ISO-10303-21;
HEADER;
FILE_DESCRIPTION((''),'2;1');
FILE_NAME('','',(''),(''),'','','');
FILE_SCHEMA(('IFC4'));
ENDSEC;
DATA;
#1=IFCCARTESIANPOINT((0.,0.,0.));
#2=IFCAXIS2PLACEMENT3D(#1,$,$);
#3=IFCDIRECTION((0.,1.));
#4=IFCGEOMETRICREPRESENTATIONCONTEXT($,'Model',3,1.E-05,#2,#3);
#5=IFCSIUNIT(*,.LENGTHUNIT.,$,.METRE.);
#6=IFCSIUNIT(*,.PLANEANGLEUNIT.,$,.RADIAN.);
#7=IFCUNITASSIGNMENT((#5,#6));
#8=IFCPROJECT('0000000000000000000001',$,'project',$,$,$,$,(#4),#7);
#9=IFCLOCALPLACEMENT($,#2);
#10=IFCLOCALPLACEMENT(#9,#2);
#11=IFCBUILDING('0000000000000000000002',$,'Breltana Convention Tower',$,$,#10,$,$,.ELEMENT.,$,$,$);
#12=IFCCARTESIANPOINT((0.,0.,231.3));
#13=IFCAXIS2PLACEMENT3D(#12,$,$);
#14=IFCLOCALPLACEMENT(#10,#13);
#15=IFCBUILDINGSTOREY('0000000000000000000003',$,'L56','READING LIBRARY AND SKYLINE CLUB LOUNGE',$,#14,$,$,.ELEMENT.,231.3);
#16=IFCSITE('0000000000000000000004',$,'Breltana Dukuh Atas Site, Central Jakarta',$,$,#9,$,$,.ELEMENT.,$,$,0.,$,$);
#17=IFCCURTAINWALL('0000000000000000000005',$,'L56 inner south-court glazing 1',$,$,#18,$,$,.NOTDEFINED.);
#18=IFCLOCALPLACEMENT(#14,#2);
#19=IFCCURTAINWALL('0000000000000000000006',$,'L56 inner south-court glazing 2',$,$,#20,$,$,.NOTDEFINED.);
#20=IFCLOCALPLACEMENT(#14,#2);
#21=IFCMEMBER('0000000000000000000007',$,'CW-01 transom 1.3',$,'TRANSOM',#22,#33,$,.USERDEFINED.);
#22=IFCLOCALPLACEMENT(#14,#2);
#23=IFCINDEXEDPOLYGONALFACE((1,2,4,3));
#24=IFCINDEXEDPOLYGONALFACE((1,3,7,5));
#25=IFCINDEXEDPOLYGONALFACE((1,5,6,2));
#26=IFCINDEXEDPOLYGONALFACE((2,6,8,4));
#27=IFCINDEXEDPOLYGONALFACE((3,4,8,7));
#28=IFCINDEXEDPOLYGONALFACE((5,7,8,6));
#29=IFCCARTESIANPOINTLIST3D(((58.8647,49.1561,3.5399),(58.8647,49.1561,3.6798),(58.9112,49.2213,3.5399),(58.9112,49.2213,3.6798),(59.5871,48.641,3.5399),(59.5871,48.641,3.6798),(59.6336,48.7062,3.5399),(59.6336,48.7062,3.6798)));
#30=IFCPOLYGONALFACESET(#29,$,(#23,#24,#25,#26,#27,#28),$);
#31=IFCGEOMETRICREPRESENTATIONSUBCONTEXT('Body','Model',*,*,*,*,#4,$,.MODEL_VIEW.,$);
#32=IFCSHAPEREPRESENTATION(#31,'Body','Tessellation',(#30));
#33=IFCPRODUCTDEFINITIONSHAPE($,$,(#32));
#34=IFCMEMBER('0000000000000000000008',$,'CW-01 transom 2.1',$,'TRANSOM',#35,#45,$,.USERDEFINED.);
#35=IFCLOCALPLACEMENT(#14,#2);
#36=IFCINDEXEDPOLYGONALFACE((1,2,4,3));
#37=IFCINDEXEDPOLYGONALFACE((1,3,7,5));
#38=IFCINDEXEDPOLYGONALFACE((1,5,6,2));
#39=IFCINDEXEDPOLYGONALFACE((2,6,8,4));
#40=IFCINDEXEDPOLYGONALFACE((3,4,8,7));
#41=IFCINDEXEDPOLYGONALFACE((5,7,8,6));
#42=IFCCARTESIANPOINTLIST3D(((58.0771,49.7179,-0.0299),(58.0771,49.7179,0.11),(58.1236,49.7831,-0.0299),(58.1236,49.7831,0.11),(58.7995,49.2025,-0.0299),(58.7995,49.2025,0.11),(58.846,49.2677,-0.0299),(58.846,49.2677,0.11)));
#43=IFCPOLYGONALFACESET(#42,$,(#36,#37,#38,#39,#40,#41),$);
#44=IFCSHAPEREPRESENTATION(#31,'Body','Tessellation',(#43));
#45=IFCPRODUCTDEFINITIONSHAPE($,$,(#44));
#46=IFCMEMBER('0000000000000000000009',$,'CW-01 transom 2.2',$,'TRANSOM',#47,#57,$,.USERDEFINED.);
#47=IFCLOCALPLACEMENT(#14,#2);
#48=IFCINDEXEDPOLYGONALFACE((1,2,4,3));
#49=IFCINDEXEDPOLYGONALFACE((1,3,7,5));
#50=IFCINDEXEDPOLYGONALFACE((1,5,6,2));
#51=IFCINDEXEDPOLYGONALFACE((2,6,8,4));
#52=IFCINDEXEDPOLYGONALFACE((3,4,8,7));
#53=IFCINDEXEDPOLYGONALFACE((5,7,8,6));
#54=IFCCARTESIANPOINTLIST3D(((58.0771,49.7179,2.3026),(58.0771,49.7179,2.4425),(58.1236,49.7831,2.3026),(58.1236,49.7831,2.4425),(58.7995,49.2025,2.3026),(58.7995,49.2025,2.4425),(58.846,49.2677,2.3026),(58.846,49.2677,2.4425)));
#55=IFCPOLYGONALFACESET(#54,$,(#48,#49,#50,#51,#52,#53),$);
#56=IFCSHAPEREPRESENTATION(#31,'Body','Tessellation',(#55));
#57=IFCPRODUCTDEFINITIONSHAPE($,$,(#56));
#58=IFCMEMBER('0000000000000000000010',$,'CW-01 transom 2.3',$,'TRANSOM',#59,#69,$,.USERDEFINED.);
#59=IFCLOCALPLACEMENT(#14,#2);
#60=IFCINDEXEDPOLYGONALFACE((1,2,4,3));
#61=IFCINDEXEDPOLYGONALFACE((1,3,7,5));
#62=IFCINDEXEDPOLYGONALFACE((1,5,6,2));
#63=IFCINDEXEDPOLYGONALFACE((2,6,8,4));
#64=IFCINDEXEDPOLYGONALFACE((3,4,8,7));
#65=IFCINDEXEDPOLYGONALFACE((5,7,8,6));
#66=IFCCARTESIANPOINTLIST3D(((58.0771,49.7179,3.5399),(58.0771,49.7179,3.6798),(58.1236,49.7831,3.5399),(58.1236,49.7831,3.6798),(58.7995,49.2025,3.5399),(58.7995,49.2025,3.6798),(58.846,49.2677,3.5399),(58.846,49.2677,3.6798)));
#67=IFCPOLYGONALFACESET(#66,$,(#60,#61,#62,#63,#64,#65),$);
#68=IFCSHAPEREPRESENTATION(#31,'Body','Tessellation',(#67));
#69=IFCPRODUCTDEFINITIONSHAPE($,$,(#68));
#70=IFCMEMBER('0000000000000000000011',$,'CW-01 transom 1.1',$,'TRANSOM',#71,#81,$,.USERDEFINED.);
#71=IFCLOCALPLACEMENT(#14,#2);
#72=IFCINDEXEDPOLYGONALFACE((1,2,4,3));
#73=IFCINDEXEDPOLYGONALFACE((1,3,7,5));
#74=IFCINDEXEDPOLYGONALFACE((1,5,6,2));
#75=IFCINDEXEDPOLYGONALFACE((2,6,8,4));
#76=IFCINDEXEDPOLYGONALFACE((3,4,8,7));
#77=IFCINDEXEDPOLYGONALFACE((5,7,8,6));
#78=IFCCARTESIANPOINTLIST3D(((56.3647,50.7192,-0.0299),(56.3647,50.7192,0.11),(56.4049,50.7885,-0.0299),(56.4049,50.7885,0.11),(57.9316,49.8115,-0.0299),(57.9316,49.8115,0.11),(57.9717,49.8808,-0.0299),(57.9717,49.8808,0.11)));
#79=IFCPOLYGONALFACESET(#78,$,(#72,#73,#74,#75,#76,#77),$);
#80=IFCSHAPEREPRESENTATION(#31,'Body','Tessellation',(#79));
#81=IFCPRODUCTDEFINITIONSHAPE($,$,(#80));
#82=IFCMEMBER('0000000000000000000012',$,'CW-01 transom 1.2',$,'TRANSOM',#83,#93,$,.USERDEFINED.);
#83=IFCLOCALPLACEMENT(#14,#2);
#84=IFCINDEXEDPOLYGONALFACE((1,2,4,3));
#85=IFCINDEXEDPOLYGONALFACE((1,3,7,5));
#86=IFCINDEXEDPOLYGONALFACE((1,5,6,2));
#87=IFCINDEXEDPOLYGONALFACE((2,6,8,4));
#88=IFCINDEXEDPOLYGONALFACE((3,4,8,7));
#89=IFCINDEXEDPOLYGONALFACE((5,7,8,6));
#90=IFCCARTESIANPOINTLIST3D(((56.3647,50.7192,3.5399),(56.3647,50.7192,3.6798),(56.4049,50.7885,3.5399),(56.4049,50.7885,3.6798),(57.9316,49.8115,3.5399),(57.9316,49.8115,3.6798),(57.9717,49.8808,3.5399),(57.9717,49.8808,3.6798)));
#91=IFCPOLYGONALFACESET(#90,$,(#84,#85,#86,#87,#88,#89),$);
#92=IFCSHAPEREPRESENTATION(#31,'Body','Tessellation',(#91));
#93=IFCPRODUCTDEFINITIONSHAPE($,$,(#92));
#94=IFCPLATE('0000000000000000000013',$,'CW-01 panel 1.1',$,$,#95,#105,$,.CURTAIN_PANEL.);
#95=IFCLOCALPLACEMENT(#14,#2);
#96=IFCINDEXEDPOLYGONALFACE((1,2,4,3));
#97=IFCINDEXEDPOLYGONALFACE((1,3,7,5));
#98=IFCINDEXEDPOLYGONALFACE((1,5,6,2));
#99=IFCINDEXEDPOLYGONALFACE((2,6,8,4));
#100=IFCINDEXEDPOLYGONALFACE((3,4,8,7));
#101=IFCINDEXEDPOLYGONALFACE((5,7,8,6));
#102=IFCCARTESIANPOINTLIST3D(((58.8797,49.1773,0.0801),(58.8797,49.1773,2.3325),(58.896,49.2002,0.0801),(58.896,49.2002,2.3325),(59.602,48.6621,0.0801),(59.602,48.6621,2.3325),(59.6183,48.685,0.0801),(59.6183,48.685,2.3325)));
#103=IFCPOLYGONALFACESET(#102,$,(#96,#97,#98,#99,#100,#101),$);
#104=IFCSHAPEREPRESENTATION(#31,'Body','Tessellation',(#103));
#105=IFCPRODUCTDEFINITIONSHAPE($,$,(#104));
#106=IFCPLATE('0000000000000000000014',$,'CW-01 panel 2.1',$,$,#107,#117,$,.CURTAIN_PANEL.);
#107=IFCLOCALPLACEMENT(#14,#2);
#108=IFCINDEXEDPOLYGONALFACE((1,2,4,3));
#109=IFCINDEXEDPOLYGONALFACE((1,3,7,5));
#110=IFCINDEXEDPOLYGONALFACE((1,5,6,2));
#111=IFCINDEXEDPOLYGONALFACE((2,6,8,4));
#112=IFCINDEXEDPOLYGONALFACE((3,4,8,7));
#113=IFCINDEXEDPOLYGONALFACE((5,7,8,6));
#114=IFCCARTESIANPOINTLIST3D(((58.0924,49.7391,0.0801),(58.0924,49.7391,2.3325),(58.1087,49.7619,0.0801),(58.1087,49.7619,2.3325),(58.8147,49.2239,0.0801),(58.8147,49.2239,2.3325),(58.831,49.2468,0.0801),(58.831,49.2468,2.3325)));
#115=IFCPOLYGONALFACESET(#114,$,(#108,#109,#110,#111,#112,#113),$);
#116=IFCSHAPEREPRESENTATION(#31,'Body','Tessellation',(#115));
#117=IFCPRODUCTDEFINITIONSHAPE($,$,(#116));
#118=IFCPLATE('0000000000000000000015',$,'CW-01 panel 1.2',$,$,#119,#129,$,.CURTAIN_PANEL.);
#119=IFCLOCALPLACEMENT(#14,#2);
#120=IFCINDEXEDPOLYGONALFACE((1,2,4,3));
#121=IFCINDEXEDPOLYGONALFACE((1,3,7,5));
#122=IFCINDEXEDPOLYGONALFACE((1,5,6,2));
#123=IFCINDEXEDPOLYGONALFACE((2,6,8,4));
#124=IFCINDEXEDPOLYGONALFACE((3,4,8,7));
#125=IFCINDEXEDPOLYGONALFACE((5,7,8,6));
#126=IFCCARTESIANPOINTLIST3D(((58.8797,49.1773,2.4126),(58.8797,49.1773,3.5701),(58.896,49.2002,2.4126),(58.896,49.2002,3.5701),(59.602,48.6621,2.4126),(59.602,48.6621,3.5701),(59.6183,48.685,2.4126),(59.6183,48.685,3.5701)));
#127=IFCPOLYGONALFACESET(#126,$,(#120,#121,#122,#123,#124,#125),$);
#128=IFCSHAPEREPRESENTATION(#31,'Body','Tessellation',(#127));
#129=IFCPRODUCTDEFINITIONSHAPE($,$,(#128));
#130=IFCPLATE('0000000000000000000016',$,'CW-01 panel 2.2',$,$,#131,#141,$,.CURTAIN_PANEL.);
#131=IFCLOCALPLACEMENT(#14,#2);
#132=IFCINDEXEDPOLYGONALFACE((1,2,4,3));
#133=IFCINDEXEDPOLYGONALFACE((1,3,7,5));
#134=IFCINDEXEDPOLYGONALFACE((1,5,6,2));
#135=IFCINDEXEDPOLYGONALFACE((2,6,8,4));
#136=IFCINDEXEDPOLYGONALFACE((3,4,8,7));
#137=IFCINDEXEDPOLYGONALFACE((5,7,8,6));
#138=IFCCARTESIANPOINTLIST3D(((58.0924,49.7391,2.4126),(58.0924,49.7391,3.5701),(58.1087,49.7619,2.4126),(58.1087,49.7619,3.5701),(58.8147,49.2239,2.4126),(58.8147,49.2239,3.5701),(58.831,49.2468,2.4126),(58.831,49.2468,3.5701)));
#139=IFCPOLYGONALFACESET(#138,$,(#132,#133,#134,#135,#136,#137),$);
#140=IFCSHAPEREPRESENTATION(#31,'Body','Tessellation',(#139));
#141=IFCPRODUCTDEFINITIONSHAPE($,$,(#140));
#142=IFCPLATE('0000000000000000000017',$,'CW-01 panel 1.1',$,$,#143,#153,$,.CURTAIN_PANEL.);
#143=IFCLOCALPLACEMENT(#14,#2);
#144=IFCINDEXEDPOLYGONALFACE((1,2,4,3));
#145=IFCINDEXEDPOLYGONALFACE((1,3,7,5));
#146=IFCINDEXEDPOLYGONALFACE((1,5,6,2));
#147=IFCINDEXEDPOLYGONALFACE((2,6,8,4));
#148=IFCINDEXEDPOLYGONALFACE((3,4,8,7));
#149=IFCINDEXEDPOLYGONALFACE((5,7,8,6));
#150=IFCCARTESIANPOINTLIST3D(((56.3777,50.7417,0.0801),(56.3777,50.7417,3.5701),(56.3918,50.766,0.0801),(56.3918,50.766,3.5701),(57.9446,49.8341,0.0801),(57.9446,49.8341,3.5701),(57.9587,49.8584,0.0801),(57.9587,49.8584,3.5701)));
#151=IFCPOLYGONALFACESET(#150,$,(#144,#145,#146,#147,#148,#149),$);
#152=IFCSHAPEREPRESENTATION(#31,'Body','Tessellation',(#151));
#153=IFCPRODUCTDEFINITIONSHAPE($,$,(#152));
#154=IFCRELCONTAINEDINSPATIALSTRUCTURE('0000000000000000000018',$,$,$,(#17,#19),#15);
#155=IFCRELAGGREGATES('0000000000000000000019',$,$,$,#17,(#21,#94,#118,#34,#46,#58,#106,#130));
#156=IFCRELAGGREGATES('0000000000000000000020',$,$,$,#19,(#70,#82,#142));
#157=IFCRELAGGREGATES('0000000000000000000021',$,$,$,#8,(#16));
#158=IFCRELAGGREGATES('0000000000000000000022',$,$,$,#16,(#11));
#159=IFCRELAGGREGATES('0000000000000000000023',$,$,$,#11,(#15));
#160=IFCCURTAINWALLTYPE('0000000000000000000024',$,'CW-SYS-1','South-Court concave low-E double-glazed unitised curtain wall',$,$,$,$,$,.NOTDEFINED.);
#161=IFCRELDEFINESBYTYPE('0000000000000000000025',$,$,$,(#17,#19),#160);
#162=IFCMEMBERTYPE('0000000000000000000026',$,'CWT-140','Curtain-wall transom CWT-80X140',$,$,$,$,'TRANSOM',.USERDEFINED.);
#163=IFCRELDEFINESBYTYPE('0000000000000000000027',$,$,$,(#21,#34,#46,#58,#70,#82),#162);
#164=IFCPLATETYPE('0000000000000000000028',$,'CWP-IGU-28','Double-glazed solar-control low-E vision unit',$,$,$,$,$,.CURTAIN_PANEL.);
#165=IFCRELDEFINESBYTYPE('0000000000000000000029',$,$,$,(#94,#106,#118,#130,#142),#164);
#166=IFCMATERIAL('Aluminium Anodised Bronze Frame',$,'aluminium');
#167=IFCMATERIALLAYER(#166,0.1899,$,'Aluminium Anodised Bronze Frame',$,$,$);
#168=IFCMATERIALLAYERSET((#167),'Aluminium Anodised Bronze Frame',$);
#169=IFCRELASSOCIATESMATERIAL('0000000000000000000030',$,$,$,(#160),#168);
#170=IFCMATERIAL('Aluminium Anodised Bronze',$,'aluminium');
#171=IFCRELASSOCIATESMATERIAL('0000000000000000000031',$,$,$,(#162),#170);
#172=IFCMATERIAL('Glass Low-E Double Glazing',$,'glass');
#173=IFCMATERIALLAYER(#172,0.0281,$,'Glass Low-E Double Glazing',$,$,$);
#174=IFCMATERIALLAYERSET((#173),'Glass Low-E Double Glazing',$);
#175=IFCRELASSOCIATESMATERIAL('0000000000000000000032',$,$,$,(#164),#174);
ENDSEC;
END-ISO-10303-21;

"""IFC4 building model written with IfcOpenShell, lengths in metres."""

from ifc_helpers import new_model, si_unit, direction, frame, origin, origin_2d, place, context, subcontext, project, spatial, rectangle, extrude, source, transform, mapped, material, layer, layer_set, material_profile, profile_set, type_object, element, aggregate, save


model = new_model("IFC4")

# Units and contexts
model_context = context("Model", 3, precision=1e-05, world=origin(), true_north=direction((0.0, 1.0)))
body_context = subcontext(model_context, "Body", "Model", "MODEL_VIEW")
ifc_project = project(units=[si_unit("LENGTHUNIT", "METRE"), si_unit("PLANEANGLEUNIT", "RADIAN")], contexts=[model_context])

# Site, building, storey
site_placement = place(None, origin())
site = spatial("IfcSite", under=ifc_project, at=site_placement, Name="Breltana Dukuh Atas Site, Central Jakarta", CompositionType="ELEMENT", RefElevation=0.0)
building_placement = place(site_placement, origin())
building = spatial("IfcBuilding", under=site, at=building_placement, Name="Breltana Convention Tower", CompositionType="ELEMENT")
storey_placement = place(building_placement, frame((0.0, 0.0, 231.3)))
storey = spatial("IfcBuildingStorey", under=building, at=storey_placement, Name="L56", Description="READING LIBRARY AND SKYLINE CLUB LOUNGE", CompositionType="ELEMENT", Elevation=231.3)

# Curtain walls
ifc_material_1 = material(Name="Aluminium Anodised Bronze Frame", Category="aluminium")
ifc_layer_1 = layer(ifc_material_1, 0.1899, Name="Aluminium Anodised Bronze Frame")
ifc_layer_set_1 = layer_set([ifc_layer_1], Name="Aluminium Anodised Bronze Frame")
curtain_wall_type = type_object("IfcCurtainWallType", Name="CW-SYS-1", Description="South-Court concave low-E double-glazed unitised curtain wall", PredefinedType="NOTDEFINED", material=ifc_layer_set_1)
curtain_wall_1_placement = place(storey_placement, origin())
curtain_wall_1 = element("IfcCurtainWall", 1, at=curtain_wall_1_placement, inside=storey, type_object=curtain_wall_type, Name="L56 inner south-court glazing 1", PredefinedType="NOTDEFINED")
ifc_material_2 = material(Name="Aluminium Anodised Bronze", Category="aluminium")
curtain_wall_2_placement = place(storey_placement, origin())
curtain_wall_2 = element("IfcCurtainWall", 2, at=curtain_wall_2_placement, inside=storey, type_object=curtain_wall_type, Name="L56 inner south-court glazing 2", PredefinedType="NOTDEFINED")

# Members
ifc_material_profile_1 = material_profile(ifc_material_2, rectangle(XDim=0.0801, YDim=0.1399, at=origin_2d()), Name="CWT-80X140")
ifc_profile_set_1 = profile_set([ifc_material_profile_1], Name="Aluminium Anodised Bronze")
member_type_1 = type_object("IfcMemberType", Name="CWT-140", Description="Curtain-wall transom CWT-80X140", ElementType="TRANSOM", PredefinedType="USERDEFINED", material=ifc_profile_set_1)
shared_shape_1 = source(origin(), body_context, "Body", "SweptSolid", [
    extrude(rectangle(XDim=0.0801, YDim=0.1399, at=origin_2d()), origin(), (0.0, 0.0, 1.0), 0.8872),
])
member_1_placement = place(storey_placement, frame((59.6104, 48.6736, 3.6099), z_axis=(-0.814198, 0.580587, 0.0), x_axis=(-0.580587, -0.814198, 0.0)))
member_1 = element("IfcMember", 3, at=member_1_placement, type_object=member_type_1, Name="CW-01 transom 1.3", ObjectType="TRANSOM", PredefinedType="USERDEFINED", context=body_context, shape_type="MappedRepresentation", body=[
    mapped(shared_shape_1, transform((0.0, 0.0, 0.0), scale=1.0)),
])
shared_shape_2 = source(origin(), body_context, "Body", "SweptSolid", [
    extrude(rectangle(XDim=0.0801, YDim=0.1399, at=origin_2d()), origin(), (0.0, 0.0, 1.0), 0.8875),
])
member_2_placement = place(storey_placement, frame((58.8228, 49.2351, 0.04), z_axis=(-0.814068, 0.58077, 0.0), x_axis=(-0.58077, -0.814068, 0.0)))
member_2 = element("IfcMember", 4, at=member_2_placement, type_object=member_type_1, Name="CW-01 transom 2.1", ObjectType="TRANSOM", PredefinedType="USERDEFINED", context=body_context, shape_type="MappedRepresentation", body=[
    mapped(shared_shape_2, transform((0.0, 0.0, 0.0), scale=1.0)),
])
member_3_placement = place(storey_placement, frame((58.8228, 49.2351, 2.3726), z_axis=(-0.814068, 0.58077, 0.0), x_axis=(-0.58077, -0.814068, 0.0)))
member_3 = element("IfcMember", 5, at=member_3_placement, type_object=member_type_1, Name="CW-01 transom 2.2", ObjectType="TRANSOM", PredefinedType="USERDEFINED", context=body_context, shape_type="MappedRepresentation", body=[
    mapped(shared_shape_2, transform((0.0, 0.0, 0.0), scale=1.0)),
])
member_4_placement = place(storey_placement, frame((58.8228, 49.2351, 3.6099), z_axis=(-0.814068, 0.58077, 0.0), x_axis=(-0.58077, -0.814068, 0.0)))
member_4 = element("IfcMember", 6, at=member_4_placement, type_object=member_type_1, Name="CW-01 transom 2.3", ObjectType="TRANSOM", PredefinedType="USERDEFINED", context=body_context, shape_type="MappedRepresentation", body=[
    mapped(shared_shape_2, transform((0.0, 0.0, 0.0), scale=1.0)),
])
shared_shape_3 = source(origin(), body_context, "Body", "SweptSolid", [
    extrude(rectangle(XDim=0.0801, YDim=0.1399, at=origin_2d()), origin(), (0.0, 0.0, 1.0), 1.8108),
])
member_5_placement = place(storey_placement, frame((57.9517, 49.8462, 0.04), z_axis=(-0.865291, 0.50127, 0.0), x_axis=(-0.50127, -0.865291, 0.0)))
member_5 = element("IfcMember", 7, at=member_5_placement, type_object=member_type_1, Name="CW-01 transom 1.1", ObjectType="TRANSOM", PredefinedType="USERDEFINED", context=body_context, shape_type="MappedRepresentation", body=[
    mapped(shared_shape_3, transform((0.0, 0.0, 0.0), scale=1.0)),
])
member_6_placement = place(storey_placement, frame((57.9517, 49.8462, 3.6099), z_axis=(-0.865291, 0.50127, 0.0), x_axis=(-0.50127, -0.865291, 0.0)))
member_6 = element("IfcMember", 8, at=member_6_placement, type_object=member_type_1, Name="CW-01 transom 1.2", ObjectType="TRANSOM", PredefinedType="USERDEFINED", context=body_context, shape_type="MappedRepresentation", body=[
    mapped(shared_shape_3, transform((0.0, 0.0, 0.0), scale=1.0)),
])

# Plates
ifc_material_3 = material(Name="Glass Low-E Double Glazing", Category="glass")
ifc_layer_2 = layer(ifc_material_3, 0.0281, Name="Glass Low-E Double Glazing")
ifc_layer_set_2 = layer_set([ifc_layer_2], Name="Glass Low-E Double Glazing")
plate_type = type_object("IfcPlateType", Name="CWP-IGU-28", Description="Double-glazed solar-control low-E vision unit", PredefinedType="CURTAIN_PANEL", material=ifc_layer_set_2)
shared_shape_4 = source(origin(), body_context, "Body", "SweptSolid", [
    extrude(rectangle(XDim=0.8872, YDim=0.0281, at=origin_2d()), origin(), (0.0, 0.0, 1.0), 2.2524),
])
plate_1_placement = place(storey_placement, frame((59.249, 48.9312, 0.0801), z_axis=(0.0, 0.0, 1.0), x_axis=(-0.814132, 0.580679, 0.0)))
plate_1 = element("IfcPlate", 9, at=plate_1_placement, type_object=plate_type, Name="CW-01 panel 1.1", PredefinedType="CURTAIN_PANEL", context=body_context, shape_type="MappedRepresentation", body=[
    mapped(shared_shape_4, transform((0.0, 0.0, 0.0), scale=1.0)),
])
plate_2_placement = place(storey_placement, frame((58.4617, 49.4929, 0.0801), z_axis=(0.0, 0.0, 1.0), x_axis=(-0.814132, 0.580679, 0.0)))
plate_2 = element("IfcPlate", 10, at=plate_2_placement, type_object=plate_type, Name="CW-01 panel 2.1", PredefinedType="CURTAIN_PANEL", context=body_context, shape_type="MappedRepresentation", body=[
    mapped(shared_shape_4, transform((0.0, 0.0, 0.0), scale=1.0)),
])
shared_shape_5 = source(origin(), body_context, "Body", "SweptSolid", [
    extrude(rectangle(XDim=0.8872, YDim=0.0281, at=origin_2d()), origin(), (0.0, 0.0, 1.0), 1.1575),
])
plate_3_placement = place(storey_placement, frame((59.249, 48.9312, 2.4126), z_axis=(0.0, 0.0, 1.0), x_axis=(-0.814132, 0.580679, 0.0)))
plate_3 = element("IfcPlate", 11, at=plate_3_placement, type_object=plate_type, Name="CW-01 panel 1.2", PredefinedType="CURTAIN_PANEL", context=body_context, shape_type="MappedRepresentation", body=[
    mapped(shared_shape_5, transform((0.0, 0.0, 0.0), scale=1.0)),
])
plate_4_placement = place(storey_placement, frame((58.4617, 49.4929, 2.4126), z_axis=(0.0, 0.0, 1.0), x_axis=(-0.814132, 0.580679, 0.0)))
plate_4 = element("IfcPlate", 12, at=plate_4_placement, type_object=plate_type, Name="CW-01 panel 2.2", PredefinedType="CURTAIN_PANEL", context=body_context, shape_type="MappedRepresentation", body=[
    mapped(shared_shape_5, transform((0.0, 0.0, 0.0), scale=1.0)),
])
aggregate(curtain_wall_1, [member_1, plate_1, plate_3, member_2, member_3, member_4, plate_2, plate_4])
shared_shape_6 = source(origin(), body_context, "Body", "SweptSolid", [
    extrude(rectangle(XDim=1.8108, YDim=0.0281, at=origin_2d()), origin(), (0.0, 0.0, 1.0), 3.49),
])
plate_5_placement = place(storey_placement, frame((57.1682, 50.3, 0.0801), z_axis=(0.0, 0.0, 1.0), x_axis=(-0.865337, 0.50119, 0.0)))
plate_5 = element("IfcPlate", 13, at=plate_5_placement, type_object=plate_type, Name="CW-01 panel 1.1", PredefinedType="CURTAIN_PANEL", context=body_context, shape_type="MappedRepresentation", body=[
    mapped(shared_shape_6, transform((0.0, 0.0, 0.0), scale=1.0)),
])
aggregate(curtain_wall_2, [member_5, member_6, plate_5])

save(model, "model.ifc")
